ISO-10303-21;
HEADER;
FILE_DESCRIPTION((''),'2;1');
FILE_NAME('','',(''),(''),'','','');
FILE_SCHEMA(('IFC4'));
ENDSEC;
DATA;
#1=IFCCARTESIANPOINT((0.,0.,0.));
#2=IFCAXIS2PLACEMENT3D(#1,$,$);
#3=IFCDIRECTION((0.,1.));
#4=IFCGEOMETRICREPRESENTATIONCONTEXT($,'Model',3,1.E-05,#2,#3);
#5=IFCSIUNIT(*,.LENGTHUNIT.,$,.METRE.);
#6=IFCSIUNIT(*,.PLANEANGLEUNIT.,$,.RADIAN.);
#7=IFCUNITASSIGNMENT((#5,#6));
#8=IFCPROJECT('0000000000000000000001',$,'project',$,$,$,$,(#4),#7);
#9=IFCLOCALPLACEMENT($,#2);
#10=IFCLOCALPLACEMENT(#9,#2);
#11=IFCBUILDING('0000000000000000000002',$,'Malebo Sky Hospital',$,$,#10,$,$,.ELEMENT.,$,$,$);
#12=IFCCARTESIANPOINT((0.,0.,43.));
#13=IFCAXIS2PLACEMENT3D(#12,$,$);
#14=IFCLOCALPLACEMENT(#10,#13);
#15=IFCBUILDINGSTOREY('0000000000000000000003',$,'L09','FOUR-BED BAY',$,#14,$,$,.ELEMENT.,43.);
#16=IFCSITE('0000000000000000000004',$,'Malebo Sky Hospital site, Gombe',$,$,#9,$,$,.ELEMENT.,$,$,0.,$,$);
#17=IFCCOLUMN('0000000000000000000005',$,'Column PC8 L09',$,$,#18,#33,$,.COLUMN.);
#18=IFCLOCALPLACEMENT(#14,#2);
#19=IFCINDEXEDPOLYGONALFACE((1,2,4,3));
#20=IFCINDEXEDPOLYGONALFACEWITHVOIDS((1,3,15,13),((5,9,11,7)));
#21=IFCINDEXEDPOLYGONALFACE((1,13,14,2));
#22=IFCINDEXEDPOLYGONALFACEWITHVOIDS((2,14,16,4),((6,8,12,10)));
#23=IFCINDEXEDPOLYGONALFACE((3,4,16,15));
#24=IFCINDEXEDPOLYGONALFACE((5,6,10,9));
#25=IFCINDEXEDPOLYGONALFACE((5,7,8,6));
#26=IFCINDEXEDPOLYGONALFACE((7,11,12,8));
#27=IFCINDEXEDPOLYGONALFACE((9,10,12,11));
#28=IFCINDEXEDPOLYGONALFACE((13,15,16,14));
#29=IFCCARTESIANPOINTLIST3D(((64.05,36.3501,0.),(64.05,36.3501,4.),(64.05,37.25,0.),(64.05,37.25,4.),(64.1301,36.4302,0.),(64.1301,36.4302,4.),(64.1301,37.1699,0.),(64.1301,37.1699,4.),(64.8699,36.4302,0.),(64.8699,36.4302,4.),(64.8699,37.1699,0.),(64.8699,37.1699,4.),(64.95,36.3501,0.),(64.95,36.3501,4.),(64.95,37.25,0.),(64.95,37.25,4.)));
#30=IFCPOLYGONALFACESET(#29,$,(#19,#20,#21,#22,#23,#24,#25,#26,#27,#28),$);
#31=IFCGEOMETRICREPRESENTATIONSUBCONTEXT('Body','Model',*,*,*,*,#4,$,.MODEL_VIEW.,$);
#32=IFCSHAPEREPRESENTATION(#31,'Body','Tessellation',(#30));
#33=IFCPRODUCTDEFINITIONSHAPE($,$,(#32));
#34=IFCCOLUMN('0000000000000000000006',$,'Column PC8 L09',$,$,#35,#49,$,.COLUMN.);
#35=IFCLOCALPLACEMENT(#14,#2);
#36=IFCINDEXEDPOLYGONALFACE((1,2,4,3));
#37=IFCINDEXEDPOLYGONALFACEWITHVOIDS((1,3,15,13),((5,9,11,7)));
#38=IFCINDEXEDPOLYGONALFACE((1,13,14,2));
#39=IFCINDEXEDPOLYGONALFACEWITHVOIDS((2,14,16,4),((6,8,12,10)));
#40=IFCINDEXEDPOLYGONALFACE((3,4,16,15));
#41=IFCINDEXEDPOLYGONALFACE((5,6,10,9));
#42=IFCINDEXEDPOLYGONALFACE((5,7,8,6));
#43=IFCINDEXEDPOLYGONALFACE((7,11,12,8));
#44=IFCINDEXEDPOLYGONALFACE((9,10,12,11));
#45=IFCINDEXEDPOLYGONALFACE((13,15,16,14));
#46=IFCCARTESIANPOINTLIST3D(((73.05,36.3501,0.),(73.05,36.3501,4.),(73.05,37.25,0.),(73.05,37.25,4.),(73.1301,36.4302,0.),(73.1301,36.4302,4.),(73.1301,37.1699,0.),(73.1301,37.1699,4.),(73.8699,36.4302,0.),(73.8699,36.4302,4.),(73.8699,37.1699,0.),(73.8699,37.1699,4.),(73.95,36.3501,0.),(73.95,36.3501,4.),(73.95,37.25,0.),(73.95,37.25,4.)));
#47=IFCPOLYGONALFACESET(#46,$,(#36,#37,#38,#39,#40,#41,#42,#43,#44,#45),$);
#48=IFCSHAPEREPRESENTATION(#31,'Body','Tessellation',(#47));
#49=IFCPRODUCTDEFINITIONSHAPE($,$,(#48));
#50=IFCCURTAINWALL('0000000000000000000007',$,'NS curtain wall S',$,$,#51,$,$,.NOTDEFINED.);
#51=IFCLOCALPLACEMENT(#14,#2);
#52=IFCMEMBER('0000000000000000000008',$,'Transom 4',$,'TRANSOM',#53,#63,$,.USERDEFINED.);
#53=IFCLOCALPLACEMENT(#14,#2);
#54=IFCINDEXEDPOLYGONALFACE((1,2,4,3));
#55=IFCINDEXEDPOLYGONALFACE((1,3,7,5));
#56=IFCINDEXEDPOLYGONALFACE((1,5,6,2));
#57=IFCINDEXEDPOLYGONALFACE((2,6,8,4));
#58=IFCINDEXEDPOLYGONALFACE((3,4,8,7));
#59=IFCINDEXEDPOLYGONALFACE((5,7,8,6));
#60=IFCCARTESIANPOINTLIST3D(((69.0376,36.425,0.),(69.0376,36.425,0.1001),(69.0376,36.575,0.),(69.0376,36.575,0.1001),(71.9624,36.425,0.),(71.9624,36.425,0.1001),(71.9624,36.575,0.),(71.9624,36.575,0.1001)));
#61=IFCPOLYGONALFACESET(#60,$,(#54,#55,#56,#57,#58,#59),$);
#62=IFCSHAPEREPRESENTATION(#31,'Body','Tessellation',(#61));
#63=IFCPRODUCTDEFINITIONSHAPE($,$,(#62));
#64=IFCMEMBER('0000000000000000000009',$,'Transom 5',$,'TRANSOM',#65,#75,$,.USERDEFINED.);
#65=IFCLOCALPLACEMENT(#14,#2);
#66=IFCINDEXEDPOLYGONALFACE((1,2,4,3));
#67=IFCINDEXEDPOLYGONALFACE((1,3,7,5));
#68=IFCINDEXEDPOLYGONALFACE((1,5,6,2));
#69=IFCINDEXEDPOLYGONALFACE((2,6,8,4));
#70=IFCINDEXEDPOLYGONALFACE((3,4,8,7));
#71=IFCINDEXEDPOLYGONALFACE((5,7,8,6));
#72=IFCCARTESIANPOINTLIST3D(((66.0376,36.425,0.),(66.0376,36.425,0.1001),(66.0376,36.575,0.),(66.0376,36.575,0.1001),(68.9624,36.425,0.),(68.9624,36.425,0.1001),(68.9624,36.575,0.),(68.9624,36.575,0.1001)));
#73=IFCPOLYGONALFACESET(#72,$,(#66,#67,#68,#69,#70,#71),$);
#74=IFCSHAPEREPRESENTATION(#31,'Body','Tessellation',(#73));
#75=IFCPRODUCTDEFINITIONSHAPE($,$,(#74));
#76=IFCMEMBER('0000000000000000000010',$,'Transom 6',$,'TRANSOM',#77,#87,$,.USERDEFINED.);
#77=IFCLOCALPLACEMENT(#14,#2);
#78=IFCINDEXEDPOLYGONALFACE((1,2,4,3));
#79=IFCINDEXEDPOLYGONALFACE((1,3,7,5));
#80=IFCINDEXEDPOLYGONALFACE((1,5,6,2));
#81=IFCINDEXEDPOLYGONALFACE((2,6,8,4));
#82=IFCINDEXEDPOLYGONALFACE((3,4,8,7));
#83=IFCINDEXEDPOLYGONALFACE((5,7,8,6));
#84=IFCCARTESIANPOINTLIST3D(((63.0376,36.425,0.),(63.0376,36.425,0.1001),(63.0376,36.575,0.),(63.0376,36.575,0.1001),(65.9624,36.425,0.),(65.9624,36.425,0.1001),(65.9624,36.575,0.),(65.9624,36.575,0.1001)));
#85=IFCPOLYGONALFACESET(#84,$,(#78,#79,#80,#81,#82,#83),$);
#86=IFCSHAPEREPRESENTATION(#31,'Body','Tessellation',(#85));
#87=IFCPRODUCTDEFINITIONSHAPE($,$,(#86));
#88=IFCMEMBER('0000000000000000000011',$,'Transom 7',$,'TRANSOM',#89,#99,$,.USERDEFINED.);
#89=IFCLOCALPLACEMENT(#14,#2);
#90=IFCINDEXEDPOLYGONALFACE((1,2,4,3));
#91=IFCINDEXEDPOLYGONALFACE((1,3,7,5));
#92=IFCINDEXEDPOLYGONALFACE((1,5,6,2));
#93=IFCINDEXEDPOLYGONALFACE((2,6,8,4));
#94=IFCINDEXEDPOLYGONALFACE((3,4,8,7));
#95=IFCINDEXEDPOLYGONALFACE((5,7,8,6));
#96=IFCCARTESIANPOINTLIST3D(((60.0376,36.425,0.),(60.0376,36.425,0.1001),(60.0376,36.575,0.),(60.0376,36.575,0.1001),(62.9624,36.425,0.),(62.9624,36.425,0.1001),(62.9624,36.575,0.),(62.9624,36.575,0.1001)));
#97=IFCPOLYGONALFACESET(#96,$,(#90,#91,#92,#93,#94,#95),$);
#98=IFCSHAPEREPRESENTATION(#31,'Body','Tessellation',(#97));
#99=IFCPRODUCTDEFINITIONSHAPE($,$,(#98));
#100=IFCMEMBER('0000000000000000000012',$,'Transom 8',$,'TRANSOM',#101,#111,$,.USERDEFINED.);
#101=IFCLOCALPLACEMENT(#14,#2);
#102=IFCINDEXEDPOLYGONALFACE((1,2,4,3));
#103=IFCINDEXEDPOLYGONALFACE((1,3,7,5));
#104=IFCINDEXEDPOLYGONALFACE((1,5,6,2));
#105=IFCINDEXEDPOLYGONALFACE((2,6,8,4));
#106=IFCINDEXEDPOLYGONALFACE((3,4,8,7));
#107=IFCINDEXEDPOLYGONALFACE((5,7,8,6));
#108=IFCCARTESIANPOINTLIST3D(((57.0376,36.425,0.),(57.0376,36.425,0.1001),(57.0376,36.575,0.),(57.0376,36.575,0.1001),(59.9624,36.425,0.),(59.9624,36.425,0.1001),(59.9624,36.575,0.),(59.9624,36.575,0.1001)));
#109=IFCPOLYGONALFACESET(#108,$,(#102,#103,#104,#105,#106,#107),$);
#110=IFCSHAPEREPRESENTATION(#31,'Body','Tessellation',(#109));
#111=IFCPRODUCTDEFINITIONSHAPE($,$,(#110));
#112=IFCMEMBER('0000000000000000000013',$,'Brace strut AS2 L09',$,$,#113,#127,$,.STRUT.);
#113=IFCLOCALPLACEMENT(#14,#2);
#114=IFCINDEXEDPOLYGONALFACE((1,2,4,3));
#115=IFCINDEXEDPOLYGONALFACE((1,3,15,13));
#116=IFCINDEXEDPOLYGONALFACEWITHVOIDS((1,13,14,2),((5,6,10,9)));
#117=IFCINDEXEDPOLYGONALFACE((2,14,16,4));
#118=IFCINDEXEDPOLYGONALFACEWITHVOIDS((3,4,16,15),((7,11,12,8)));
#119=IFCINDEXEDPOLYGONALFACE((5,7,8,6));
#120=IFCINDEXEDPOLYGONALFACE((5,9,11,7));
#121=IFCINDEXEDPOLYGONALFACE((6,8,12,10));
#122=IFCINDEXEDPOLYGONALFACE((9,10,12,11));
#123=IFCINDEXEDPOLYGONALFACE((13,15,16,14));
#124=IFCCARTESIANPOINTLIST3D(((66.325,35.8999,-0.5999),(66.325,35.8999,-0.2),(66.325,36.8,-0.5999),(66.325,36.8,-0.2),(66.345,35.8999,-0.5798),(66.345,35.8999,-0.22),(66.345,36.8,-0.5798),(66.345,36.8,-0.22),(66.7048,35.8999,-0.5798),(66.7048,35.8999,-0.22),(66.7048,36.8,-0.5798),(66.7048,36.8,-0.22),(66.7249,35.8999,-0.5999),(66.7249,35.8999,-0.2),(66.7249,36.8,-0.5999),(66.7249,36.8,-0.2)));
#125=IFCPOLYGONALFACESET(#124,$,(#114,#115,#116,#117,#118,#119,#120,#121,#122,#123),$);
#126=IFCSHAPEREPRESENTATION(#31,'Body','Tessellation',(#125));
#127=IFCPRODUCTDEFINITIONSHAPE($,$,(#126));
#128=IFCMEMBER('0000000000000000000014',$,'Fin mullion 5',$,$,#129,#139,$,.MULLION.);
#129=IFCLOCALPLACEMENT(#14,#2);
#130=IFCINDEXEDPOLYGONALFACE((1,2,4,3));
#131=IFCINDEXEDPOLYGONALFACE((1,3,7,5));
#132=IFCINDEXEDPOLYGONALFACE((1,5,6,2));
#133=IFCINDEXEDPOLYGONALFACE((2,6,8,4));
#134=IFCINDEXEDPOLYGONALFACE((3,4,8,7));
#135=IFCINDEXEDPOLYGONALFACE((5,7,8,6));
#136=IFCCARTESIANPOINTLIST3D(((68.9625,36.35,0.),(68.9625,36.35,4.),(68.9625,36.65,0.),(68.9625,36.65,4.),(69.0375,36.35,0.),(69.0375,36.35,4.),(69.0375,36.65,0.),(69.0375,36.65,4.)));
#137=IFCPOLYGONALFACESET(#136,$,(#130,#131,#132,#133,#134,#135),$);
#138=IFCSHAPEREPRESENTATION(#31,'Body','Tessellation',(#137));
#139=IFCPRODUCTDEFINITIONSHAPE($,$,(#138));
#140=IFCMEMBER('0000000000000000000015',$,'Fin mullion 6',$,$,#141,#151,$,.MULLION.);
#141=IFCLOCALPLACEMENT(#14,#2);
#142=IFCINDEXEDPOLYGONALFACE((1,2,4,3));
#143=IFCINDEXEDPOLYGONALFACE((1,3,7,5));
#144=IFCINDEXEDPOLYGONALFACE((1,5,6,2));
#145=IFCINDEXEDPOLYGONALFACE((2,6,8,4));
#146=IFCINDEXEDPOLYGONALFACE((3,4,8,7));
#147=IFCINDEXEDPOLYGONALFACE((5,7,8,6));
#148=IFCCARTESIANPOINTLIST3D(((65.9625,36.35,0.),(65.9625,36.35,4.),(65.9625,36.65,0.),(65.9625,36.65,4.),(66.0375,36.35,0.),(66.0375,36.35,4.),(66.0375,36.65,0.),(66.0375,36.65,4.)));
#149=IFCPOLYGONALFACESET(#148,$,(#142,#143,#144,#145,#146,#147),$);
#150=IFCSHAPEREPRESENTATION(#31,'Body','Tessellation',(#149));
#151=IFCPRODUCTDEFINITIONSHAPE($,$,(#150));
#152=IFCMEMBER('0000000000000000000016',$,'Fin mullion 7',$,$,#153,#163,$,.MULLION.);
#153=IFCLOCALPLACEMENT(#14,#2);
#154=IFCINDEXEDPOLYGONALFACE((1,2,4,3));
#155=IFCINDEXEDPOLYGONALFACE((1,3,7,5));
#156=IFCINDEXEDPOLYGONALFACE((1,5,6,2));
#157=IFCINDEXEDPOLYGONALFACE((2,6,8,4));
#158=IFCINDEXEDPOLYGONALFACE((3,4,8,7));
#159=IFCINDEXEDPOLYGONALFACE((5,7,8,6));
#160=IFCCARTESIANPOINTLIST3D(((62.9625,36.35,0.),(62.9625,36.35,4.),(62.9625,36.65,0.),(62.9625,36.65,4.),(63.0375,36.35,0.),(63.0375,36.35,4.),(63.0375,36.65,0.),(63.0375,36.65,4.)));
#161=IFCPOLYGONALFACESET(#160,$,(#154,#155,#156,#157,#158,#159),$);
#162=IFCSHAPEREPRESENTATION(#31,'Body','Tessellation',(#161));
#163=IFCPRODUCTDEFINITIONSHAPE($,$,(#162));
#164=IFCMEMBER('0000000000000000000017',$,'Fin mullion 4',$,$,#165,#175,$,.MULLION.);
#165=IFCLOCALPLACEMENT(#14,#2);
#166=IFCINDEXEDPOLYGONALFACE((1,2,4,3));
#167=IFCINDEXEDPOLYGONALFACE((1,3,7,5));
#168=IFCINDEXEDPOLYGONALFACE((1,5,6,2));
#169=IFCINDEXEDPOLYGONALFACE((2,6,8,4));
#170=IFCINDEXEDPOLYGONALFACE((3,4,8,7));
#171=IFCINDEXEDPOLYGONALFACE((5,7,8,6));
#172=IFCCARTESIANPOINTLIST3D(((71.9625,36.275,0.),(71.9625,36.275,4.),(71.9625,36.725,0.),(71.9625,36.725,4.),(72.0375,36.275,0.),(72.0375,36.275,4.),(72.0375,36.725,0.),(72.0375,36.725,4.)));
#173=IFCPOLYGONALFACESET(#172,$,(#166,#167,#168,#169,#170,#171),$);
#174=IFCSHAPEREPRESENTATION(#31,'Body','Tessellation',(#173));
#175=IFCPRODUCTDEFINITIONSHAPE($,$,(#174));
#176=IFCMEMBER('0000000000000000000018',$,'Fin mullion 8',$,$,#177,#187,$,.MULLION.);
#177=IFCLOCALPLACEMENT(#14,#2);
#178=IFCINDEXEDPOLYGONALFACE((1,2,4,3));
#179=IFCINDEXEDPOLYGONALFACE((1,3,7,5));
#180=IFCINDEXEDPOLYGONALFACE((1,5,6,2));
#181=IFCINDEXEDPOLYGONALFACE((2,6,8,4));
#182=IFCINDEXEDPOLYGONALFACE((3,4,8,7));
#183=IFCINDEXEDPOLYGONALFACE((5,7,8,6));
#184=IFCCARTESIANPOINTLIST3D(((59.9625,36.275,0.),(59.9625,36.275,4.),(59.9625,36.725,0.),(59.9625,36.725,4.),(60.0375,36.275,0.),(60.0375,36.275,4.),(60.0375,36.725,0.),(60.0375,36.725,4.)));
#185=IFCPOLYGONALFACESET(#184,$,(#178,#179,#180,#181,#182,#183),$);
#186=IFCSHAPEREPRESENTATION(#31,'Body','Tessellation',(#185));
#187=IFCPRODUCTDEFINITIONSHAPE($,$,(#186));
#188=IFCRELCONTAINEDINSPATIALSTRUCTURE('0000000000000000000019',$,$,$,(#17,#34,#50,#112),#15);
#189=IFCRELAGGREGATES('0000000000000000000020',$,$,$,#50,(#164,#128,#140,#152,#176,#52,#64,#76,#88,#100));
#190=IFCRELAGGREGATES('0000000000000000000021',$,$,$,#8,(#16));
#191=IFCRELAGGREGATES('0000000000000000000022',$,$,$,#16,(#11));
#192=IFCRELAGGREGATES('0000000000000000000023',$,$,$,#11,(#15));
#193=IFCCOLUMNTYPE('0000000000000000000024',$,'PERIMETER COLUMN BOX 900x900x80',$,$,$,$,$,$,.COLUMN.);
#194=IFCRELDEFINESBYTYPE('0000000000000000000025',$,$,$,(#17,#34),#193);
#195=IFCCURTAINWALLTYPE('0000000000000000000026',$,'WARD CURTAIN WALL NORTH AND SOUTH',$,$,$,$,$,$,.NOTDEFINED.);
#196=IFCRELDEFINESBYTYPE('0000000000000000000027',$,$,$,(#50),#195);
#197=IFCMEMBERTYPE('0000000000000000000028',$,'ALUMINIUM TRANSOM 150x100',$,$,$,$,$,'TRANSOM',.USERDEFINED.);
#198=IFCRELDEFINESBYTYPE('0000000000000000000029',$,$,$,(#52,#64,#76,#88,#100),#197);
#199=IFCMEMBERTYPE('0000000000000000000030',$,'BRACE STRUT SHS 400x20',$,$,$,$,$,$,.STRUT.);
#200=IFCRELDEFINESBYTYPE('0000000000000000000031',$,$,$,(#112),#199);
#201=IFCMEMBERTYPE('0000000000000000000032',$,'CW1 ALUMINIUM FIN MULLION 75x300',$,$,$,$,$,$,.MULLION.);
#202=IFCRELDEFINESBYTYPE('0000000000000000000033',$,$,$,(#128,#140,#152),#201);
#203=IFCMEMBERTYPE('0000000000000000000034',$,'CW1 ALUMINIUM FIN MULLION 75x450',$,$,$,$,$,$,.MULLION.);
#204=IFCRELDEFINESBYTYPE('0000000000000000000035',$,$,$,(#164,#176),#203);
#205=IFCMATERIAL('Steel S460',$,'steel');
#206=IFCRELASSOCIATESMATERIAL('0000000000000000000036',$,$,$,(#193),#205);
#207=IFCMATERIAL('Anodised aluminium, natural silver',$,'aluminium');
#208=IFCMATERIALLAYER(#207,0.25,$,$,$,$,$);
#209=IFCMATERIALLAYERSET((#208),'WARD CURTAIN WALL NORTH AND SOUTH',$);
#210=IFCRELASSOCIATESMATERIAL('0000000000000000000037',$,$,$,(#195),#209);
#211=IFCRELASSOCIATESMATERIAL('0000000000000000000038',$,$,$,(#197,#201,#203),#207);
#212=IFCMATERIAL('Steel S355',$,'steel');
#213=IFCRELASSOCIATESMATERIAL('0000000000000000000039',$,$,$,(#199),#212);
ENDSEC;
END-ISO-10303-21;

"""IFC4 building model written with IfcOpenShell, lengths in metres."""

from ifc_helpers import new_model, si_unit, direction, frame, origin, origin_2d, place, context, subcontext, project, spatial, rectangle, hollow_rectangle, extrude, material, layer, layer_set, material_profile, profile_set, type_object, element, aggregate, save


model = new_model("IFC4")

# Units and contexts
model_context = context("Model", 3, precision=1e-05, world=origin(), true_north=direction((0.0, 1.0)))
body_context = subcontext(model_context, "Body", "Model", "MODEL_VIEW")
ifc_project = project(units=[si_unit("LENGTHUNIT", "METRE"), si_unit("PLANEANGLEUNIT", "RADIAN")], contexts=[model_context])

# Site, building, storey
site_placement = place(None, origin())
site = spatial("IfcSite", under=ifc_project, at=site_placement, Name="Malebo Sky Hospital site, Gombe", CompositionType="ELEMENT", RefElevation=0.0)
building_placement = place(site_placement, origin())
building = spatial("IfcBuilding", under=site, at=building_placement, Name="Malebo Sky Hospital", CompositionType="ELEMENT")
storey_placement = place(building_placement, frame((0.0, 0.0, 43.0)))
storey = spatial("IfcBuildingStorey", under=building, at=storey_placement, Name="L09", Description="FOUR-BED BAY", CompositionType="ELEMENT", Elevation=43.0)

# Columns
ifc_material_1 = material(Name="Steel S460", Category="steel")
ifc_material_profile_1 = material_profile(ifc_material_1, hollow_rectangle(XDim=0.8999, YDim=0.8999, WallThickness=0.0801, at=origin_2d()), Name="BOX 900x900x80")
ifc_profile_set_1 = profile_set([ifc_material_profile_1], Name="Steel S460")
column_type = type_object("IfcColumnType", Name="PERIMETER COLUMN BOX 900x900x80", PredefinedType="COLUMN", material=ifc_profile_set_1)
for number, where, z_axis, x_axis, name in (
    (1, (64.5, 36.8, 0.0), (0.0, 0.0, 1.0), (1.0, 0.0, 0.0), "Column PC8 L09"),
    (2, (73.5, 36.8, 0.0), (0.0, 0.0, 1.0), (1.0, 0.0, 0.0), "Column PC8 L09"),
):
    element("IfcColumn", number, at=place(storey_placement, frame(where, z_axis=z_axis, x_axis=x_axis)), inside=storey, type_object=column_type, Name=name, PredefinedType="COLUMN", context=body_context, shape_type="SweptSolid", body=[
        extrude(hollow_rectangle(XDim=0.8999, YDim=0.8999, WallThickness=0.0801, at=origin_2d()), origin(), (0.0, 0.0, 1.0), 4.0),
    ])

# Curtain wall, members
ifc_material_2 = material(Name="Anodised aluminium, natural silver", Category="aluminium")
ifc_layer_1 = layer(ifc_material_2, 0.25)
ifc_layer_set_1 = layer_set([ifc_layer_1], Name="WARD CURTAIN WALL NORTH AND SOUTH")
curtain_wall_type = type_object("IfcCurtainWallType", Name="WARD CURTAIN WALL NORTH AND SOUTH", PredefinedType="NOTDEFINED", material=ifc_layer_set_1)
curtain_wall_placement = place(storey_placement, origin())
curtain_wall = element("IfcCurtainWall", 3, at=curtain_wall_placement, inside=storey, type_object=curtain_wall_type, Name="NS curtain wall S", PredefinedType="NOTDEFINED")
ifc_material_profile_2 = material_profile(ifc_material_2, rectangle(XDim=0.1499, YDim=0.1001, at=origin_2d()), Name="ALUMINIUM TRANSOM 150x100")
ifc_profile_set_2 = profile_set([ifc_material_profile_2], Name="Anodised aluminium, natural silver")
member_type_1 = type_object("IfcMemberType", Name="ALUMINIUM TRANSOM 150x100", ElementType="TRANSOM", PredefinedType="USERDEFINED", material=ifc_profile_set_2)
member_1_placement = place(storey_placement, frame((71.9624, 36.5, 0.05), z_axis=(-1.0, 0.0, 0.0), x_axis=(0.0, -1.0, 0.0)))
member_1 = element("IfcMember", 4, at=member_1_placement, type_object=member_type_1, Name="Transom 4", ObjectType="TRANSOM", PredefinedType="USERDEFINED", context=body_context, shape_type="SweptSolid", body=[
    extrude(rectangle(XDim=0.1499, YDim=0.1001, at=origin_2d()), origin(), (0.0, 0.0, 1.0), 2.9248),
])
member_2_placement = place(storey_placement, frame((68.9624, 36.5, 0.05), z_axis=(-1.0, 0.0, 0.0), x_axis=(0.0, -1.0, 0.0)))
member_2 = element("IfcMember", 5, at=member_2_placement, type_object=member_type_1, Name="Transom 5", ObjectType="TRANSOM", PredefinedType="USERDEFINED", context=body_context, shape_type="SweptSolid", body=[
    extrude(rectangle(XDim=0.1499, YDim=0.1001, at=origin_2d()), origin(), (0.0, 0.0, 1.0), 2.9248),
])
member_3_placement = place(storey_placement, frame((65.9624, 36.5, 0.05), z_axis=(-1.0, 0.0, 0.0), x_axis=(0.0, -1.0, 0.0)))
member_3 = element("IfcMember", 6, at=member_3_placement, type_object=member_type_1, Name="Transom 6", ObjectType="TRANSOM", PredefinedType="USERDEFINED", context=body_context, shape_type="SweptSolid", body=[
    extrude(rectangle(XDim=0.1499, YDim=0.1001, at=origin_2d()), origin(), (0.0, 0.0, 1.0), 2.9248),
])
member_4_placement = place(storey_placement, frame((62.9624, 36.5, 0.05), z_axis=(-1.0, 0.0, 0.0), x_axis=(0.0, -1.0, 0.0)))
member_4 = element("IfcMember", 7, at=member_4_placement, type_object=member_type_1, Name="Transom 7", ObjectType="TRANSOM", PredefinedType="USERDEFINED", context=body_context, shape_type="SweptSolid", body=[
    extrude(rectangle(XDim=0.1499, YDim=0.1001, at=origin_2d()), origin(), (0.0, 0.0, 1.0), 2.9248),
])
member_5_placement = place(storey_placement, frame((59.9624, 36.5, 0.05), z_axis=(-1.0, 0.0, 0.0), x_axis=(0.0, -1.0, 0.0)))
member_5 = element("IfcMember", 8, at=member_5_placement, type_object=member_type_1, Name="Transom 8", ObjectType="TRANSOM", PredefinedType="USERDEFINED", context=body_context, shape_type="SweptSolid", body=[
    extrude(rectangle(XDim=0.1499, YDim=0.1001, at=origin_2d()), origin(), (0.0, 0.0, 1.0), 2.9248),
])

# Members
ifc_material_3 = material(Name="Steel S355", Category="steel")
ifc_material_profile_3 = material_profile(ifc_material_3, hollow_rectangle(XDim=0.3999, YDim=0.3999, WallThickness=0.02, at=origin_2d()), Name="SHS 400x20")
ifc_profile_set_3 = profile_set([ifc_material_profile_3], Name="Steel S355")
member_type_2 = type_object("IfcMemberType", Name="BRACE STRUT SHS 400x20", PredefinedType="STRUT", material=ifc_profile_set_3)
member_6_placement = place(storey_placement, frame((66.5249, 35.8999, -0.3999), z_axis=(0.0, 1.0, 0.0), x_axis=(-1.0, 0.0, 0.0)))
element("IfcMember", 9, at=member_6_placement, inside=storey, type_object=member_type_2, Name="Brace strut AS2 L09", PredefinedType="STRUT", context=body_context, shape_type="SweptSolid", body=[
    extrude(hollow_rectangle(XDim=0.3999, YDim=0.3999, WallThickness=0.02, at=origin_2d()), origin(), (0.0, 0.0, 1.0), 0.9001),
])
ifc_material_profile_4 = material_profile(ifc_material_2, rectangle(XDim=0.075, YDim=0.3, at=origin_2d()), Name="CW1 ALUMINIUM FIN MULLION 75x300")
ifc_profile_set_4 = profile_set([ifc_material_profile_4], Name="Anodised aluminium, natural silver")
member_type_3 = type_object("IfcMemberType", Name="CW1 ALUMINIUM FIN MULLION 75x300", PredefinedType="MULLION", material=ifc_profile_set_4)
member_7_placement = place(storey_placement, frame((69.0, 36.5, 0.0), z_axis=(0.0, 0.0, 1.0), x_axis=(-1.0, 0.0, 0.0)))
member_7 = element("IfcMember", 10, at=member_7_placement, type_object=member_type_3, Name="Fin mullion 5", PredefinedType="MULLION", context=body_context, shape_type="SweptSolid", body=[
    extrude(rectangle(XDim=0.075, YDim=0.3, at=origin_2d()), origin(), (0.0, 0.0, 1.0), 4.0),
])
member_8_placement = place(storey_placement, frame((66.0, 36.5, 0.0), z_axis=(0.0, 0.0, 1.0), x_axis=(-1.0, 0.0, 0.0)))
member_8 = element("IfcMember", 11, at=member_8_placement, type_object=member_type_3, Name="Fin mullion 6", PredefinedType="MULLION", context=body_context, shape_type="SweptSolid", body=[
    extrude(rectangle(XDim=0.075, YDim=0.3, at=origin_2d()), origin(), (0.0, 0.0, 1.0), 4.0),
])
member_9_placement = place(storey_placement, frame((63.0, 36.5, 0.0), z_axis=(0.0, 0.0, 1.0), x_axis=(-1.0, 0.0, 0.0)))
member_9 = element("IfcMember", 12, at=member_9_placement, type_object=member_type_3, Name="Fin mullion 7", PredefinedType="MULLION", context=body_context, shape_type="SweptSolid", body=[
    extrude(rectangle(XDim=0.075, YDim=0.3, at=origin_2d()), origin(), (0.0, 0.0, 1.0), 4.0),
])
ifc_material_profile_5 = material_profile(ifc_material_2, rectangle(XDim=0.075, YDim=0.45, at=origin_2d()), Name="CW1 ALUMINIUM FIN MULLION 75x450")
ifc_profile_set_5 = profile_set([ifc_material_profile_5], Name="Anodised aluminium, natural silver")
member_type_4 = type_object("IfcMemberType", Name="CW1 ALUMINIUM FIN MULLION 75x450", PredefinedType="MULLION", material=ifc_profile_set_5)
member_10_placement = place(storey_placement, frame((72.0, 36.5, 0.0), z_axis=(0.0, 0.0, 1.0), x_axis=(-1.0, 0.0, 0.0)))
member_10 = element("IfcMember", 13, at=member_10_placement, type_object=member_type_4, Name="Fin mullion 4", PredefinedType="MULLION", context=body_context, shape_type="SweptSolid", body=[
    extrude(rectangle(XDim=0.075, YDim=0.45, at=origin_2d()), origin(), (0.0, 0.0, 1.0), 4.0),
])
member_11_placement = place(storey_placement, frame((60.0, 36.5, 0.0), z_axis=(0.0, 0.0, 1.0), x_axis=(-1.0, 0.0, 0.0)))
member_11 = element("IfcMember", 14, at=member_11_placement, type_object=member_type_4, Name="Fin mullion 8", PredefinedType="MULLION", context=body_context, shape_type="SweptSolid", body=[
    extrude(rectangle(XDim=0.075, YDim=0.45, at=origin_2d()), origin(), (0.0, 0.0, 1.0), 4.0),
])

aggregate(curtain_wall, [member_10, member_7, member_8, member_9, member_11, member_1, member_2, member_3, member_4, member_5])

save(model, "model.ifc")
